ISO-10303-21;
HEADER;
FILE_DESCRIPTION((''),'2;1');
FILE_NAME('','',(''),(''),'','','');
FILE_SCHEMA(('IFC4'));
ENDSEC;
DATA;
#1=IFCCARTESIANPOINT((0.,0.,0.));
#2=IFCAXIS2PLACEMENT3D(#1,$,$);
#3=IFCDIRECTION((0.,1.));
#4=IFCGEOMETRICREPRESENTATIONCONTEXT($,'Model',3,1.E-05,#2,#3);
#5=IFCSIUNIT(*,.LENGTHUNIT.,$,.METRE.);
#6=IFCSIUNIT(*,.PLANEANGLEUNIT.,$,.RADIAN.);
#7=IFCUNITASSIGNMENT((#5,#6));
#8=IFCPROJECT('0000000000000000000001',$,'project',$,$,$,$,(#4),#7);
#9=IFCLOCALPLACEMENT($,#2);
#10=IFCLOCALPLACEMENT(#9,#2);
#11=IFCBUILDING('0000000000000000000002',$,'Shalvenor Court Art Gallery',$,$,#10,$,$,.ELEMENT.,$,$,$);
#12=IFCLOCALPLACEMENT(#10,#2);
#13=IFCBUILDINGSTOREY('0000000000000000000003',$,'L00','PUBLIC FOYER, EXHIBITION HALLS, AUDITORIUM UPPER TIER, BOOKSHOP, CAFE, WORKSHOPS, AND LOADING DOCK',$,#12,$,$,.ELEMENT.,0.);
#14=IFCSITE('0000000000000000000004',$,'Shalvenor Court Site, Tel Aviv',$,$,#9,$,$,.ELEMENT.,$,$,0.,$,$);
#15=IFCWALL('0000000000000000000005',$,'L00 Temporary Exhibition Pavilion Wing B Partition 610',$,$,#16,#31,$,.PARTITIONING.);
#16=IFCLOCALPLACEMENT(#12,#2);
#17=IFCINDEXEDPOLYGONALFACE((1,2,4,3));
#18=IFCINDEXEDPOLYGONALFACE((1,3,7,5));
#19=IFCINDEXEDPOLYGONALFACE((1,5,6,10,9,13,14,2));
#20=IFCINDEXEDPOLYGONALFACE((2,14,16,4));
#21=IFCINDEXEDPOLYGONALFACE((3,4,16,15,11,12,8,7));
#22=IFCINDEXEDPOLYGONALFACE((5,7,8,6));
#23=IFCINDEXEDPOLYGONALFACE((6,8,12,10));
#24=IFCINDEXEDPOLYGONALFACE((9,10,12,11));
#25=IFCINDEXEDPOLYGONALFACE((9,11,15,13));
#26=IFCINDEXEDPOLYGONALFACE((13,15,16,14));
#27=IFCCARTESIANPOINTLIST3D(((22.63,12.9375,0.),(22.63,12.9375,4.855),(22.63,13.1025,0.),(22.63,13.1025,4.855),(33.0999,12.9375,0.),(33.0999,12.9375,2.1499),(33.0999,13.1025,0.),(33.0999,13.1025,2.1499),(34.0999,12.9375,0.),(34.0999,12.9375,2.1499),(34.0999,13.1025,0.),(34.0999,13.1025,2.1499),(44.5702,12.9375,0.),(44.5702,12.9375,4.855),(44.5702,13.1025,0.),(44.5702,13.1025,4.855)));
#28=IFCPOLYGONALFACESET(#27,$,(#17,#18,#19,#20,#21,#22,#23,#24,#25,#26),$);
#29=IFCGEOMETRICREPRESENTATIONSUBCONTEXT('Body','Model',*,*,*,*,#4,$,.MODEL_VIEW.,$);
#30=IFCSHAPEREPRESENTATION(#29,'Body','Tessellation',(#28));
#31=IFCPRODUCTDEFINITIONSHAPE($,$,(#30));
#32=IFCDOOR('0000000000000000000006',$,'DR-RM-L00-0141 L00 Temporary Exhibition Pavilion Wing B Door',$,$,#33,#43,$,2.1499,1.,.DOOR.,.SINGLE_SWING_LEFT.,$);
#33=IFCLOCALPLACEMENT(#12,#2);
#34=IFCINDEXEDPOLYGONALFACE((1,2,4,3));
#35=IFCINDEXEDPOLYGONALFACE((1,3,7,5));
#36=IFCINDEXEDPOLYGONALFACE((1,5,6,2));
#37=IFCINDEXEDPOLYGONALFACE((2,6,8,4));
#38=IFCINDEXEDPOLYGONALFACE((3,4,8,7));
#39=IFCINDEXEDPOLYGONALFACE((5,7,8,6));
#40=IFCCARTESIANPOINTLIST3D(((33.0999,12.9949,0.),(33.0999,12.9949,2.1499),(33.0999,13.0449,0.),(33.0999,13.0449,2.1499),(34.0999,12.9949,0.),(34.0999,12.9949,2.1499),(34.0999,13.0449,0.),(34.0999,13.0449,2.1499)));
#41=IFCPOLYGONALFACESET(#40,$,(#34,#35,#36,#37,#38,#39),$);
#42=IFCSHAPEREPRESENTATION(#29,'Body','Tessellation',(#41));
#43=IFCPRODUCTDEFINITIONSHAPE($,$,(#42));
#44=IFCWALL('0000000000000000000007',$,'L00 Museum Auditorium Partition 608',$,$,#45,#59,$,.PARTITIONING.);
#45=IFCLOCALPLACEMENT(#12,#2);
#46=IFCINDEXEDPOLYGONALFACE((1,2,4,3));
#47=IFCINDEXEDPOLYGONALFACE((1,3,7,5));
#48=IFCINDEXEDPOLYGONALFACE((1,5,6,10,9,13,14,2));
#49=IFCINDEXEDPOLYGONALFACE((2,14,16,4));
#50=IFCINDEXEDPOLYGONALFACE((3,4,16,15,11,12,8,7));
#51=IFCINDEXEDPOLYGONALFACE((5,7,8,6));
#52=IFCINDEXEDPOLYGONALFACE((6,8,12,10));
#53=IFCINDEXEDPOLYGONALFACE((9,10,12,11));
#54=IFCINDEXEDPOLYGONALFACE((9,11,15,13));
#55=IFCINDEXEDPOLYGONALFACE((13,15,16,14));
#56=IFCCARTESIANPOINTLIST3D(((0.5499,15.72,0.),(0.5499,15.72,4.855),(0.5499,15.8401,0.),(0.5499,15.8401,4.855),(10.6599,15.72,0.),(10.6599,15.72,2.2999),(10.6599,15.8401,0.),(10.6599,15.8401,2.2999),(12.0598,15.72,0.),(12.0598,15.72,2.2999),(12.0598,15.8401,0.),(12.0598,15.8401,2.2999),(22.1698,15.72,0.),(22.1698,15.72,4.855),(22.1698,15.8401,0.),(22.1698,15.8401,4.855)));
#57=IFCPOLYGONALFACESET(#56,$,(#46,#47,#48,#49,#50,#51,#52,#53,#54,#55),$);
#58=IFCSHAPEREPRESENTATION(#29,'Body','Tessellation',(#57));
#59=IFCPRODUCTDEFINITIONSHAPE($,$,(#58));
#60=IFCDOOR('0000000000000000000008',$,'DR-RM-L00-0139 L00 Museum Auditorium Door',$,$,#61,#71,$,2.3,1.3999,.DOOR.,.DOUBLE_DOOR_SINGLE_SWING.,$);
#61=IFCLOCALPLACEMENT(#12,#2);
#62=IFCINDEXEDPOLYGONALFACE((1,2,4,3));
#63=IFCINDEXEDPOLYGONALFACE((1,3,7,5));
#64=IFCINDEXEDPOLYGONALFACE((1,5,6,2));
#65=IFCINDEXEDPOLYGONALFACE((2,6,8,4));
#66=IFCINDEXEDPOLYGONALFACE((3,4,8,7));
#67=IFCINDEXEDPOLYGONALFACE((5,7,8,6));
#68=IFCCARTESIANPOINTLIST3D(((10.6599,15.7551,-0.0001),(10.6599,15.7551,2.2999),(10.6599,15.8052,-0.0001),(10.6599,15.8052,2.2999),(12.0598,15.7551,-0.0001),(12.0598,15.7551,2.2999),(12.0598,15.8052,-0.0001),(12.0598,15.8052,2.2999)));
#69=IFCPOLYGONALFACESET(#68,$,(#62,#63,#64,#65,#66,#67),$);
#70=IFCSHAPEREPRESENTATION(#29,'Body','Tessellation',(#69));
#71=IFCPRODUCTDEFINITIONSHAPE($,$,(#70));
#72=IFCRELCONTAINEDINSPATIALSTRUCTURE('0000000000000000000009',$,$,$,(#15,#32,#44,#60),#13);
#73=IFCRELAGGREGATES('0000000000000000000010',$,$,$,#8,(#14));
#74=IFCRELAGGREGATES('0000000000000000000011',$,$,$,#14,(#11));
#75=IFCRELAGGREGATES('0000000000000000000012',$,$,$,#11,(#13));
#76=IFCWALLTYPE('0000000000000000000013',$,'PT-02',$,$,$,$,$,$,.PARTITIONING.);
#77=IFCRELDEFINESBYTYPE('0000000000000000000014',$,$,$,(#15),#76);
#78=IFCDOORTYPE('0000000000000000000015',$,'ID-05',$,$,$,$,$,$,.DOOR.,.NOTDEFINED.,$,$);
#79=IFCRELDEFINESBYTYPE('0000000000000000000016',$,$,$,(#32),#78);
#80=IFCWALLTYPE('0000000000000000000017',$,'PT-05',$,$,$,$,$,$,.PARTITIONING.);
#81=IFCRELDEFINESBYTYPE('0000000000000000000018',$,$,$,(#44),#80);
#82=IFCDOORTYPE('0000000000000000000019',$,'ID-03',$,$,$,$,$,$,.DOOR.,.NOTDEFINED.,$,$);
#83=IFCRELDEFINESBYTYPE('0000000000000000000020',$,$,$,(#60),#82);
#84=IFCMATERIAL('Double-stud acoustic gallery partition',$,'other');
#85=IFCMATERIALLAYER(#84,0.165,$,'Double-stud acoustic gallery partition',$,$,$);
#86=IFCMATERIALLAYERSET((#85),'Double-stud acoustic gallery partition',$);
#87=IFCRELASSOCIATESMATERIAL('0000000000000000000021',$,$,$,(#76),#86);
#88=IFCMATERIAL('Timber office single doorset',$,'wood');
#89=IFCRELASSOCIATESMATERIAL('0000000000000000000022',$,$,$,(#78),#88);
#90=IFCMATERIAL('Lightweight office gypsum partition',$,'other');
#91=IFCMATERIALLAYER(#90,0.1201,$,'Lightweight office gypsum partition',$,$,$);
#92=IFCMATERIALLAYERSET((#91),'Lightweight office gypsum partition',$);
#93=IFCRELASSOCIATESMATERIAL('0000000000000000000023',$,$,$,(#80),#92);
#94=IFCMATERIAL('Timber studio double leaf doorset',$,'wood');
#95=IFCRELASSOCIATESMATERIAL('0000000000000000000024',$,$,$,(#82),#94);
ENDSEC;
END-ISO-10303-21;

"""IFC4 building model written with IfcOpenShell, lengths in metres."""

from ifc_helpers import new_model, si_unit, direction, frame, frame_2d, origin, place, context, subcontext, project, spatial, rectangle, extrude, material, layer, layer_set, type_object, element, fill, save


model = new_model("IFC4")

# Units and contexts
model_context = context("Model", 3, precision=1e-05, world=origin(), true_north=direction((0.0, 1.0)))
body_context = subcontext(model_context, "Body", "Model", "MODEL_VIEW")
ifc_project = project(units=[si_unit("LENGTHUNIT", "METRE"), si_unit("PLANEANGLEUNIT", "RADIAN")], contexts=[model_context])

# Site, building, storey
site_placement = place(None, origin())
site = spatial("IfcSite", under=ifc_project, at=site_placement, Name="Shalvenor Court Site, Tel Aviv", CompositionType="ELEMENT", RefElevation=0.0)
building_placement = place(site_placement, origin())
building = spatial("IfcBuilding", under=site, at=building_placement, Name="Shalvenor Court Art Gallery", CompositionType="ELEMENT")
storey_placement = place(building_placement, origin())
storey = spatial("IfcBuildingStorey", under=building, at=storey_placement, Name="L00", Description="PUBLIC FOYER, EXHIBITION HALLS, AUDITORIUM UPPER TIER, BOOKSHOP, CAFE, WORKSHOPS, AND LOADING DOCK", CompositionType="ELEMENT", Elevation=0.0)

# Walls, openings, doors
ifc_material_1 = material(Name="Double-stud acoustic gallery partition", Category="other")
ifc_layer_1 = layer(ifc_material_1, 0.165, Name="Double-stud acoustic gallery partition")
ifc_layer_set_1 = layer_set([ifc_layer_1], Name="Double-stud acoustic gallery partition")
wall_type_1 = type_object("IfcWallType", Name="PT-02", PredefinedType="PARTITIONING", material=ifc_layer_set_1)
wall_1_placement = place(storey_placement, frame((22.6299, 13.02, 0.0), z_axis=(0.0, 0.0, 1.0), x_axis=(1.0, 0.0, 0.0)))
wall_1 = element("IfcWall", 1, at=wall_1_placement, inside=storey, type_object=wall_type_1, Name="L00 Temporary Exhibition Pavilion Wing B Partition 610", PredefinedType="PARTITIONING", context=body_context, shape_type="SweptSolid", body=[
    extrude(rectangle(XDim=21.9402, YDim=0.165, at=frame_2d((10.9702, 0.0))), origin(), (0.0, 0.0, 1.0), 4.855),
])
opening_1_placement = place(wall_1_placement, frame((10.47, 0.0, 0.0)))
opening_1 = element("IfcOpeningElement", 2, at=opening_1_placement, cuts=wall_1, PredefinedType="OPENING", context=body_context, shape_type="SweptSolid", body=[
    extrude(rectangle(XDim=1.0, YDim=2.1499, at=frame_2d((0.5, 1.075))), frame((0.0, 0.0925, 0.0), z_axis=(0.0, -1.0, 0.0), x_axis=(1.0, 0.0, 0.0)), (0.0, 0.0, 1.0), 0.1851),
])
ifc_material_2 = material(Name="Timber office single doorset", Category="wood")
door_type_1 = type_object("IfcDoorType", Name="ID-05", OperationType="NOTDEFINED", PredefinedType="DOOR", material=ifc_material_2)
door_1_placement = place(opening_1_placement, origin())
door_1 = element("IfcDoor", 3, at=door_1_placement, inside=storey, type_object=door_type_1, Name="DR-RM-L00-0141 L00 Temporary Exhibition Pavilion Wing B Door", OperationType="SINGLE_SWING_LEFT", OverallHeight=2.1499, OverallWidth=1.0, PredefinedType="DOOR", context=body_context, shape_type="SweptSolid", body=[
    extrude(rectangle(XDim=1.0, YDim=2.1499, at=frame_2d((0.5, 1.075))), frame((0.0, 0.0249, 0.0), z_axis=(0.0, -1.0, 0.0), x_axis=(1.0, 0.0, 0.0)), (0.0, 0.0, 1.0), 0.05),
])
fill(opening_1, door_1)
ifc_material_3 = material(Name="Lightweight office gypsum partition", Category="other")
ifc_layer_2 = layer(ifc_material_3, 0.1201, Name="Lightweight office gypsum partition")
ifc_layer_set_2 = layer_set([ifc_layer_2], Name="Lightweight office gypsum partition")
wall_type_2 = type_object("IfcWallType", Name="PT-05", PredefinedType="PARTITIONING", material=ifc_layer_set_2)
wall_2_placement = place(storey_placement, frame((22.1699, 15.78, 0.0), z_axis=(0.0, 0.0, 1.0), x_axis=(-1.0, 0.0, 0.0)))
wall_2 = element("IfcWall", 4, at=wall_2_placement, inside=storey, type_object=wall_type_2, Name="L00 Museum Auditorium Partition 608", PredefinedType="PARTITIONING", context=body_context, shape_type="SweptSolid", body=[
    extrude(rectangle(XDim=21.6199, YDim=0.1201, at=frame_2d((10.8101, 0.0))), origin(), (0.0, 0.0, 1.0), 4.855),
])
opening_2_placement = place(wall_2_placement, frame((10.1101, 0.0, 0.0)))
opening_2 = element("IfcOpeningElement", 5, at=opening_2_placement, cuts=wall_2, PredefinedType="OPENING", context=body_context, shape_type="SweptSolid", body=[
    extrude(rectangle(XDim=1.3999, YDim=2.3, at=frame_2d((0.7, 1.1499))), frame((0.0, 0.0701, 0.0), z_axis=(0.0, -1.0, 0.0), x_axis=(1.0, 0.0, 0.0)), (0.0, 0.0, 1.0), 0.1401),
])
ifc_material_4 = material(Name="Timber studio double leaf doorset", Category="wood")
door_type_2 = type_object("IfcDoorType", Name="ID-03", OperationType="NOTDEFINED", PredefinedType="DOOR", material=ifc_material_4)
door_2_placement = place(opening_2_placement, origin())
door_2 = element("IfcDoor", 6, at=door_2_placement, inside=storey, type_object=door_type_2, Name="DR-RM-L00-0139 L00 Museum Auditorium Door", OperationType="DOUBLE_DOOR_SINGLE_SWING", OverallHeight=2.3, OverallWidth=1.3999, PredefinedType="DOOR", context=body_context, shape_type="SweptSolid", body=[
    extrude(rectangle(XDim=1.3999, YDim=2.3, at=frame_2d((0.7, 1.1499))), frame((0.0, 0.0249, 0.0), z_axis=(0.0, -1.0, 0.0), x_axis=(1.0, 0.0, 0.0)), (0.0, 0.0, 1.0), 0.05),
])
fill(opening_2, door_2)

save(model, "model.ifc")
